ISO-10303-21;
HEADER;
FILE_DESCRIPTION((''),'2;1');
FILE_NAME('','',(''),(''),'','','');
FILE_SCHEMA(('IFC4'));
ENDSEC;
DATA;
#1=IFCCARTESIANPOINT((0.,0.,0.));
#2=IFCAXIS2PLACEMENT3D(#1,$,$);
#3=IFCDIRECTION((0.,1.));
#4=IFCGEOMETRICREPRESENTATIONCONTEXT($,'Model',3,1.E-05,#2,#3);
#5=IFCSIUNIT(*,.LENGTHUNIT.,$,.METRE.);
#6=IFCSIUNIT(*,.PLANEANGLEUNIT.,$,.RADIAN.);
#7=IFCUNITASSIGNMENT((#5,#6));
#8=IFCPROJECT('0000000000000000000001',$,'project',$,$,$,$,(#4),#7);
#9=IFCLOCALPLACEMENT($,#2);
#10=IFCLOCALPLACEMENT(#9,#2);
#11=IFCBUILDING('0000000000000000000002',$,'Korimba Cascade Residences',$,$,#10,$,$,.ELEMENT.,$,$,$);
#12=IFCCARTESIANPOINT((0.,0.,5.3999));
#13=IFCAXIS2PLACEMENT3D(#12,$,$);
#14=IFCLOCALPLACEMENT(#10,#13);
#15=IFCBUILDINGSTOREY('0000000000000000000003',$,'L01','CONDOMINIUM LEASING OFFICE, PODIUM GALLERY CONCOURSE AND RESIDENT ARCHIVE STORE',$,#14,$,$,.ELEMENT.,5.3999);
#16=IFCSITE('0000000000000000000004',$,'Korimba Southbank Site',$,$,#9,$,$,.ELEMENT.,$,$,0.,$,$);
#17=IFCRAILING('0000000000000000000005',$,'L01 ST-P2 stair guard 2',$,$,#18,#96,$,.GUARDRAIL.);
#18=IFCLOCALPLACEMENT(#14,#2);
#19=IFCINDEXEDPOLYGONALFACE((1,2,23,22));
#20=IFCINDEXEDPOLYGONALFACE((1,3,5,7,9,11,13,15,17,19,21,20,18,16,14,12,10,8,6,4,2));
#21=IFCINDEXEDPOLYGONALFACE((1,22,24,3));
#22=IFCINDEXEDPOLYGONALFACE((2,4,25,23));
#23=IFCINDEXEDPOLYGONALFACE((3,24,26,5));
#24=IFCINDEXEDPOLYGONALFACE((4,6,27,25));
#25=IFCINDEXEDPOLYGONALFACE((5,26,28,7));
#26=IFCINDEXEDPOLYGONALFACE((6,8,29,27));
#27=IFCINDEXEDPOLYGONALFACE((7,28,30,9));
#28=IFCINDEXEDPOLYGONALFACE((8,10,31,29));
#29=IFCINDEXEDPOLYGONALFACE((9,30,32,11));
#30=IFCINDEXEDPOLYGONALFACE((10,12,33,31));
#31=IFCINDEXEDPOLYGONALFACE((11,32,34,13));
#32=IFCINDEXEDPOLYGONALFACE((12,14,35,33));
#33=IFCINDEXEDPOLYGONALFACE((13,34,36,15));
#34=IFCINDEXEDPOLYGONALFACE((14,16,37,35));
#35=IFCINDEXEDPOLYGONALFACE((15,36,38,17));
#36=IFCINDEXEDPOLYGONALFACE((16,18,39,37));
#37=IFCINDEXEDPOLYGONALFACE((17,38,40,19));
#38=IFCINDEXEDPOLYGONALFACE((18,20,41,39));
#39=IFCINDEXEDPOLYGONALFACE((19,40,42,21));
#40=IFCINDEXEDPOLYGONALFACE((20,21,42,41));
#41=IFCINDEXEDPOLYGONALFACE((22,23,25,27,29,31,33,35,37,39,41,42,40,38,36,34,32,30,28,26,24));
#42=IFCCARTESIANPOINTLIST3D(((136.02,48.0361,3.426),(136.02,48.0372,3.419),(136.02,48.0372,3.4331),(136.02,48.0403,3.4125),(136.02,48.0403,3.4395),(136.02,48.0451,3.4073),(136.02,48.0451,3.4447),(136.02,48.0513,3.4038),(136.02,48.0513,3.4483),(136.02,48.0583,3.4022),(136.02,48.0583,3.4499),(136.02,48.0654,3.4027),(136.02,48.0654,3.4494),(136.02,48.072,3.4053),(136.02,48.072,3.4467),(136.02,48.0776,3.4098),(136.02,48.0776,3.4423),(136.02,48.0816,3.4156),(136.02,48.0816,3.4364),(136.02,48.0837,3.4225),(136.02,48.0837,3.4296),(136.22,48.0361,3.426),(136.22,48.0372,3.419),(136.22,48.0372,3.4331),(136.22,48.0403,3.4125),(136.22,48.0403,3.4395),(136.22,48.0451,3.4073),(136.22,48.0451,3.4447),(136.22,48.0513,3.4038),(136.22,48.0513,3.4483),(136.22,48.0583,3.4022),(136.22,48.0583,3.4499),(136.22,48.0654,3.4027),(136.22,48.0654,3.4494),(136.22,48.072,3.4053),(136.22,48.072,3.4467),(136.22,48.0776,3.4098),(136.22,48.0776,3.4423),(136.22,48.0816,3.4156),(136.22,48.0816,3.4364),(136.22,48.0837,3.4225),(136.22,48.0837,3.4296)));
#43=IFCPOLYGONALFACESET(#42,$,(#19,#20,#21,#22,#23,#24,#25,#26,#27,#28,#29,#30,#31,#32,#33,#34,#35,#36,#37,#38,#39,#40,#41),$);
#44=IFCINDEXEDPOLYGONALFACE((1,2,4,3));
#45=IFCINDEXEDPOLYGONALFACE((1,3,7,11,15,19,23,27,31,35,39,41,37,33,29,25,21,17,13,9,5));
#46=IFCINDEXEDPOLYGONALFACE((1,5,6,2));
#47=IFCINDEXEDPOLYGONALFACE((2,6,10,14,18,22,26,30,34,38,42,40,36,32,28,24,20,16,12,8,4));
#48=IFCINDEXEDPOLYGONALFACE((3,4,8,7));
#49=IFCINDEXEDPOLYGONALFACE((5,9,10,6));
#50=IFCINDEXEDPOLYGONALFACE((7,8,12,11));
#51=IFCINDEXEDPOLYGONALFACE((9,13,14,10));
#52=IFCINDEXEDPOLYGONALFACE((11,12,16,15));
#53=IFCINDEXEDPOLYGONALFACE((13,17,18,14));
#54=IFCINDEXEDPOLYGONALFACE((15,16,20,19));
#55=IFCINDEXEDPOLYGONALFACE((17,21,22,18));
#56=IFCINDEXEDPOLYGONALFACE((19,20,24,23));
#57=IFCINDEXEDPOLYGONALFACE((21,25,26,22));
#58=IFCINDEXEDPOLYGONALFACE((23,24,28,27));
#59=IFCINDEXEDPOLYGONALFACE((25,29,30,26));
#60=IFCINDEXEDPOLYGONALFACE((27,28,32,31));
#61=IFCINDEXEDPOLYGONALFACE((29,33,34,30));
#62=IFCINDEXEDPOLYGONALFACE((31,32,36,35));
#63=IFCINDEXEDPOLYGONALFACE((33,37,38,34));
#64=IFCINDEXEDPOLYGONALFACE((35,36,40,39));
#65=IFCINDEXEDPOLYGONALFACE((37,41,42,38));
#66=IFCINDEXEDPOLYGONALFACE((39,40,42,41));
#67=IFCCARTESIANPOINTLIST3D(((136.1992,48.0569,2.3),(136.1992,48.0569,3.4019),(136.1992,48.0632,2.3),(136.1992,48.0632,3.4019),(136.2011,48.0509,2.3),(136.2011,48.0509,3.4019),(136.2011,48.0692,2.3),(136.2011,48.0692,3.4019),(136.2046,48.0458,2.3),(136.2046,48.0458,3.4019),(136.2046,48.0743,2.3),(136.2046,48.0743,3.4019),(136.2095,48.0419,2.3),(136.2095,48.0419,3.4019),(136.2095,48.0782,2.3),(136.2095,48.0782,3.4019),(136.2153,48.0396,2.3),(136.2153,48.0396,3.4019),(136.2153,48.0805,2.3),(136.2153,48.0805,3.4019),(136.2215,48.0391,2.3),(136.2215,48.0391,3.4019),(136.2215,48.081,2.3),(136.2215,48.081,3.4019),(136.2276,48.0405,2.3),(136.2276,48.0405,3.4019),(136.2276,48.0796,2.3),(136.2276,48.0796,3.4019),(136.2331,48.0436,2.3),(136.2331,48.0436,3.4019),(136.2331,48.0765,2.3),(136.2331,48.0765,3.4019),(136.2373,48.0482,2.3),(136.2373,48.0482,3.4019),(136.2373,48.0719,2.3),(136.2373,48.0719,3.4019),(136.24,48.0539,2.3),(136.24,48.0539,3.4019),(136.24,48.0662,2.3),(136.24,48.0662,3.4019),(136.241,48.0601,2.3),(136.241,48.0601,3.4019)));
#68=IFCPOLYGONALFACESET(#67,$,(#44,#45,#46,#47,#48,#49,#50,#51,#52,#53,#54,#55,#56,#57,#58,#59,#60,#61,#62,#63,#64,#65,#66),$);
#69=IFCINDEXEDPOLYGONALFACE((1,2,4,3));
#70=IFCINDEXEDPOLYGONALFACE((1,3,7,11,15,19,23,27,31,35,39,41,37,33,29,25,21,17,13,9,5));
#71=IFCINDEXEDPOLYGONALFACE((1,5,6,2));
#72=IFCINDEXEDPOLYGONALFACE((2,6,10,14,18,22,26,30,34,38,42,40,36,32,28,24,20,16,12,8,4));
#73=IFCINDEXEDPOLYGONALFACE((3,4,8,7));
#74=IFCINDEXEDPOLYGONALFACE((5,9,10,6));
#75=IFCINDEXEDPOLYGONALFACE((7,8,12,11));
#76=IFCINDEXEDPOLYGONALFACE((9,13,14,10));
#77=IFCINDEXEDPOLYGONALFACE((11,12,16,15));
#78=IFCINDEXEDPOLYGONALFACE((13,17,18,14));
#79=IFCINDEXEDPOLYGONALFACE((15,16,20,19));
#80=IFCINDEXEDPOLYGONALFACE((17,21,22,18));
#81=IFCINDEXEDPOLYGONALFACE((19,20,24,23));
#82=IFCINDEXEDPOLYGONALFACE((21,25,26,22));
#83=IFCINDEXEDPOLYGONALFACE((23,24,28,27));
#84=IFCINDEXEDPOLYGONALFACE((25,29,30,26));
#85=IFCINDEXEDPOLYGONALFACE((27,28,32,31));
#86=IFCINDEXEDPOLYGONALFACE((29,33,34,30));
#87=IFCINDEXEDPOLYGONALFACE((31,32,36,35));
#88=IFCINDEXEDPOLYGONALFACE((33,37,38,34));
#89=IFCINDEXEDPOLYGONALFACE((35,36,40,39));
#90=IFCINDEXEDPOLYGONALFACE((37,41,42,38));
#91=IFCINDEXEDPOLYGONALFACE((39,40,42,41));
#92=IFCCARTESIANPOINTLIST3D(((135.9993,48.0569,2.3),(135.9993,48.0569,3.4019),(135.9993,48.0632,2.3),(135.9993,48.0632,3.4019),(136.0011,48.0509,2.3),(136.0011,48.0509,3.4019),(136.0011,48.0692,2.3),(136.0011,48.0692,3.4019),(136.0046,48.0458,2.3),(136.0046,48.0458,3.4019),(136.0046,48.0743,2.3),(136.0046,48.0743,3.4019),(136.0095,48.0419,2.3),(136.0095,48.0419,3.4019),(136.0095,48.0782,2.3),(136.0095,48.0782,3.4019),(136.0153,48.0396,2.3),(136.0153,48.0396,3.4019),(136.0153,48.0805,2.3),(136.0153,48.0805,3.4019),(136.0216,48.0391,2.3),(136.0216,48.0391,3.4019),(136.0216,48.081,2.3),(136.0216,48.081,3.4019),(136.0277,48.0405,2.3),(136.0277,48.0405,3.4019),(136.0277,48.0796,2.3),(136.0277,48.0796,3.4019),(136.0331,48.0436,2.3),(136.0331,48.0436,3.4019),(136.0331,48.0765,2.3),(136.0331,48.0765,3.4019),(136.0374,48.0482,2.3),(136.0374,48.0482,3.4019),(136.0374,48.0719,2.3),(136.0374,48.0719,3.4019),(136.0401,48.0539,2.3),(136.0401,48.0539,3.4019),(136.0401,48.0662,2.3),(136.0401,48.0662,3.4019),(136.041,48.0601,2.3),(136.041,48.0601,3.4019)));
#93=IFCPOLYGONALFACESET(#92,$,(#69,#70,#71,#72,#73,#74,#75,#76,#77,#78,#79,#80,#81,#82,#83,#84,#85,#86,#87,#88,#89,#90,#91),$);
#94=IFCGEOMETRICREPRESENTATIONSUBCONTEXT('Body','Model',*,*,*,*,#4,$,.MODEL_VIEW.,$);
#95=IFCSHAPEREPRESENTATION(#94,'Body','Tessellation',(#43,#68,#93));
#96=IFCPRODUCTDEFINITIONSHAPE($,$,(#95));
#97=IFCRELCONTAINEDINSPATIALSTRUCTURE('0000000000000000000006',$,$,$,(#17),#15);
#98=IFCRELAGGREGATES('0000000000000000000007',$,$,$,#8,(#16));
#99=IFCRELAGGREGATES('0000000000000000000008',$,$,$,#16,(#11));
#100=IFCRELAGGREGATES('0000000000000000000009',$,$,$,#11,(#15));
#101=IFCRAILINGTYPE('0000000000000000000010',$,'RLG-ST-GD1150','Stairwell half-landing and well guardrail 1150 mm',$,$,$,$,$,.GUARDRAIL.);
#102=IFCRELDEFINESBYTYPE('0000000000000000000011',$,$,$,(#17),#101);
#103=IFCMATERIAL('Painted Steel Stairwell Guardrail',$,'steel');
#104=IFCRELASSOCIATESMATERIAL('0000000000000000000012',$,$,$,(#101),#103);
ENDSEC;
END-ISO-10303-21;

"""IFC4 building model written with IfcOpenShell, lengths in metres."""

from ifc_helpers import new_model, si_unit, direction, frame, origin, origin_2d, place, context, subcontext, project, spatial, circle, extrude, material, type_object, element, save


model = new_model("IFC4")

# Units and contexts
model_context = context("Model", 3, precision=1e-05, world=origin(), true_north=direction((0.0, 1.0)))
body_context = subcontext(model_context, "Body", "Model", "MODEL_VIEW")
ifc_project = project(units=[si_unit("LENGTHUNIT", "METRE"), si_unit("PLANEANGLEUNIT", "RADIAN")], contexts=[model_context])

# Site, building, storey
site_placement = place(None, origin())
site = spatial("IfcSite", under=ifc_project, at=site_placement, Name="Korimba Southbank Site", CompositionType="ELEMENT", RefElevation=0.0)
building_placement = place(site_placement, origin())
building = spatial("IfcBuilding", under=site, at=building_placement, Name="Korimba Cascade Residences", CompositionType="ELEMENT")
storey_placement = place(building_placement, frame((0.0, 0.0, 5.3999)))
storey = spatial("IfcBuildingStorey", under=building, at=storey_placement, Name="L01", Description="CONDOMINIUM LEASING OFFICE, PODIUM GALLERY CONCOURSE AND RESIDENT ARCHIVE STORE", CompositionType="ELEMENT", Elevation=5.3999)

# Railing
ifc_material_1 = material(Name="Painted Steel Stairwell Guardrail", Category="steel")
railing_type_1 = type_object("IfcRailingType", Name="RLG-ST-GD1150", Description="Stairwell half-landing and well guardrail 1150 mm", PredefinedType="GUARDRAIL", material=ifc_material_1)
railing_1_placement = place(storey_placement, frame((136.22, 48.0601, 2.3)))
element("IfcRailing", 1, at=railing_1_placement, inside=storey, type_object=railing_type_1, Name="L01 ST-P2 stair guard 2", PredefinedType="GUARDRAIL", context=body_context, shape_type="SweptSolid", body=[
    extrude(circle(Radius=0.0239, at=origin_2d()), frame((0.0, 0.0, 1.126), z_axis=(-1.0, 0.0, 0.0), x_axis=(0.0, -1.0, 0.0)), (0.0, 0.0, 1.0), 0.2),
    extrude(circle(Radius=0.021, at=origin_2d()), origin(), (0.0, 0.0, 1.0), 1.1018),
    extrude(circle(Radius=0.021, at=origin_2d()), frame((-0.2, 0.0, 0.0)), (0.0, 0.0, 1.0), 1.1018),
])

save(model, "model.ifc")
